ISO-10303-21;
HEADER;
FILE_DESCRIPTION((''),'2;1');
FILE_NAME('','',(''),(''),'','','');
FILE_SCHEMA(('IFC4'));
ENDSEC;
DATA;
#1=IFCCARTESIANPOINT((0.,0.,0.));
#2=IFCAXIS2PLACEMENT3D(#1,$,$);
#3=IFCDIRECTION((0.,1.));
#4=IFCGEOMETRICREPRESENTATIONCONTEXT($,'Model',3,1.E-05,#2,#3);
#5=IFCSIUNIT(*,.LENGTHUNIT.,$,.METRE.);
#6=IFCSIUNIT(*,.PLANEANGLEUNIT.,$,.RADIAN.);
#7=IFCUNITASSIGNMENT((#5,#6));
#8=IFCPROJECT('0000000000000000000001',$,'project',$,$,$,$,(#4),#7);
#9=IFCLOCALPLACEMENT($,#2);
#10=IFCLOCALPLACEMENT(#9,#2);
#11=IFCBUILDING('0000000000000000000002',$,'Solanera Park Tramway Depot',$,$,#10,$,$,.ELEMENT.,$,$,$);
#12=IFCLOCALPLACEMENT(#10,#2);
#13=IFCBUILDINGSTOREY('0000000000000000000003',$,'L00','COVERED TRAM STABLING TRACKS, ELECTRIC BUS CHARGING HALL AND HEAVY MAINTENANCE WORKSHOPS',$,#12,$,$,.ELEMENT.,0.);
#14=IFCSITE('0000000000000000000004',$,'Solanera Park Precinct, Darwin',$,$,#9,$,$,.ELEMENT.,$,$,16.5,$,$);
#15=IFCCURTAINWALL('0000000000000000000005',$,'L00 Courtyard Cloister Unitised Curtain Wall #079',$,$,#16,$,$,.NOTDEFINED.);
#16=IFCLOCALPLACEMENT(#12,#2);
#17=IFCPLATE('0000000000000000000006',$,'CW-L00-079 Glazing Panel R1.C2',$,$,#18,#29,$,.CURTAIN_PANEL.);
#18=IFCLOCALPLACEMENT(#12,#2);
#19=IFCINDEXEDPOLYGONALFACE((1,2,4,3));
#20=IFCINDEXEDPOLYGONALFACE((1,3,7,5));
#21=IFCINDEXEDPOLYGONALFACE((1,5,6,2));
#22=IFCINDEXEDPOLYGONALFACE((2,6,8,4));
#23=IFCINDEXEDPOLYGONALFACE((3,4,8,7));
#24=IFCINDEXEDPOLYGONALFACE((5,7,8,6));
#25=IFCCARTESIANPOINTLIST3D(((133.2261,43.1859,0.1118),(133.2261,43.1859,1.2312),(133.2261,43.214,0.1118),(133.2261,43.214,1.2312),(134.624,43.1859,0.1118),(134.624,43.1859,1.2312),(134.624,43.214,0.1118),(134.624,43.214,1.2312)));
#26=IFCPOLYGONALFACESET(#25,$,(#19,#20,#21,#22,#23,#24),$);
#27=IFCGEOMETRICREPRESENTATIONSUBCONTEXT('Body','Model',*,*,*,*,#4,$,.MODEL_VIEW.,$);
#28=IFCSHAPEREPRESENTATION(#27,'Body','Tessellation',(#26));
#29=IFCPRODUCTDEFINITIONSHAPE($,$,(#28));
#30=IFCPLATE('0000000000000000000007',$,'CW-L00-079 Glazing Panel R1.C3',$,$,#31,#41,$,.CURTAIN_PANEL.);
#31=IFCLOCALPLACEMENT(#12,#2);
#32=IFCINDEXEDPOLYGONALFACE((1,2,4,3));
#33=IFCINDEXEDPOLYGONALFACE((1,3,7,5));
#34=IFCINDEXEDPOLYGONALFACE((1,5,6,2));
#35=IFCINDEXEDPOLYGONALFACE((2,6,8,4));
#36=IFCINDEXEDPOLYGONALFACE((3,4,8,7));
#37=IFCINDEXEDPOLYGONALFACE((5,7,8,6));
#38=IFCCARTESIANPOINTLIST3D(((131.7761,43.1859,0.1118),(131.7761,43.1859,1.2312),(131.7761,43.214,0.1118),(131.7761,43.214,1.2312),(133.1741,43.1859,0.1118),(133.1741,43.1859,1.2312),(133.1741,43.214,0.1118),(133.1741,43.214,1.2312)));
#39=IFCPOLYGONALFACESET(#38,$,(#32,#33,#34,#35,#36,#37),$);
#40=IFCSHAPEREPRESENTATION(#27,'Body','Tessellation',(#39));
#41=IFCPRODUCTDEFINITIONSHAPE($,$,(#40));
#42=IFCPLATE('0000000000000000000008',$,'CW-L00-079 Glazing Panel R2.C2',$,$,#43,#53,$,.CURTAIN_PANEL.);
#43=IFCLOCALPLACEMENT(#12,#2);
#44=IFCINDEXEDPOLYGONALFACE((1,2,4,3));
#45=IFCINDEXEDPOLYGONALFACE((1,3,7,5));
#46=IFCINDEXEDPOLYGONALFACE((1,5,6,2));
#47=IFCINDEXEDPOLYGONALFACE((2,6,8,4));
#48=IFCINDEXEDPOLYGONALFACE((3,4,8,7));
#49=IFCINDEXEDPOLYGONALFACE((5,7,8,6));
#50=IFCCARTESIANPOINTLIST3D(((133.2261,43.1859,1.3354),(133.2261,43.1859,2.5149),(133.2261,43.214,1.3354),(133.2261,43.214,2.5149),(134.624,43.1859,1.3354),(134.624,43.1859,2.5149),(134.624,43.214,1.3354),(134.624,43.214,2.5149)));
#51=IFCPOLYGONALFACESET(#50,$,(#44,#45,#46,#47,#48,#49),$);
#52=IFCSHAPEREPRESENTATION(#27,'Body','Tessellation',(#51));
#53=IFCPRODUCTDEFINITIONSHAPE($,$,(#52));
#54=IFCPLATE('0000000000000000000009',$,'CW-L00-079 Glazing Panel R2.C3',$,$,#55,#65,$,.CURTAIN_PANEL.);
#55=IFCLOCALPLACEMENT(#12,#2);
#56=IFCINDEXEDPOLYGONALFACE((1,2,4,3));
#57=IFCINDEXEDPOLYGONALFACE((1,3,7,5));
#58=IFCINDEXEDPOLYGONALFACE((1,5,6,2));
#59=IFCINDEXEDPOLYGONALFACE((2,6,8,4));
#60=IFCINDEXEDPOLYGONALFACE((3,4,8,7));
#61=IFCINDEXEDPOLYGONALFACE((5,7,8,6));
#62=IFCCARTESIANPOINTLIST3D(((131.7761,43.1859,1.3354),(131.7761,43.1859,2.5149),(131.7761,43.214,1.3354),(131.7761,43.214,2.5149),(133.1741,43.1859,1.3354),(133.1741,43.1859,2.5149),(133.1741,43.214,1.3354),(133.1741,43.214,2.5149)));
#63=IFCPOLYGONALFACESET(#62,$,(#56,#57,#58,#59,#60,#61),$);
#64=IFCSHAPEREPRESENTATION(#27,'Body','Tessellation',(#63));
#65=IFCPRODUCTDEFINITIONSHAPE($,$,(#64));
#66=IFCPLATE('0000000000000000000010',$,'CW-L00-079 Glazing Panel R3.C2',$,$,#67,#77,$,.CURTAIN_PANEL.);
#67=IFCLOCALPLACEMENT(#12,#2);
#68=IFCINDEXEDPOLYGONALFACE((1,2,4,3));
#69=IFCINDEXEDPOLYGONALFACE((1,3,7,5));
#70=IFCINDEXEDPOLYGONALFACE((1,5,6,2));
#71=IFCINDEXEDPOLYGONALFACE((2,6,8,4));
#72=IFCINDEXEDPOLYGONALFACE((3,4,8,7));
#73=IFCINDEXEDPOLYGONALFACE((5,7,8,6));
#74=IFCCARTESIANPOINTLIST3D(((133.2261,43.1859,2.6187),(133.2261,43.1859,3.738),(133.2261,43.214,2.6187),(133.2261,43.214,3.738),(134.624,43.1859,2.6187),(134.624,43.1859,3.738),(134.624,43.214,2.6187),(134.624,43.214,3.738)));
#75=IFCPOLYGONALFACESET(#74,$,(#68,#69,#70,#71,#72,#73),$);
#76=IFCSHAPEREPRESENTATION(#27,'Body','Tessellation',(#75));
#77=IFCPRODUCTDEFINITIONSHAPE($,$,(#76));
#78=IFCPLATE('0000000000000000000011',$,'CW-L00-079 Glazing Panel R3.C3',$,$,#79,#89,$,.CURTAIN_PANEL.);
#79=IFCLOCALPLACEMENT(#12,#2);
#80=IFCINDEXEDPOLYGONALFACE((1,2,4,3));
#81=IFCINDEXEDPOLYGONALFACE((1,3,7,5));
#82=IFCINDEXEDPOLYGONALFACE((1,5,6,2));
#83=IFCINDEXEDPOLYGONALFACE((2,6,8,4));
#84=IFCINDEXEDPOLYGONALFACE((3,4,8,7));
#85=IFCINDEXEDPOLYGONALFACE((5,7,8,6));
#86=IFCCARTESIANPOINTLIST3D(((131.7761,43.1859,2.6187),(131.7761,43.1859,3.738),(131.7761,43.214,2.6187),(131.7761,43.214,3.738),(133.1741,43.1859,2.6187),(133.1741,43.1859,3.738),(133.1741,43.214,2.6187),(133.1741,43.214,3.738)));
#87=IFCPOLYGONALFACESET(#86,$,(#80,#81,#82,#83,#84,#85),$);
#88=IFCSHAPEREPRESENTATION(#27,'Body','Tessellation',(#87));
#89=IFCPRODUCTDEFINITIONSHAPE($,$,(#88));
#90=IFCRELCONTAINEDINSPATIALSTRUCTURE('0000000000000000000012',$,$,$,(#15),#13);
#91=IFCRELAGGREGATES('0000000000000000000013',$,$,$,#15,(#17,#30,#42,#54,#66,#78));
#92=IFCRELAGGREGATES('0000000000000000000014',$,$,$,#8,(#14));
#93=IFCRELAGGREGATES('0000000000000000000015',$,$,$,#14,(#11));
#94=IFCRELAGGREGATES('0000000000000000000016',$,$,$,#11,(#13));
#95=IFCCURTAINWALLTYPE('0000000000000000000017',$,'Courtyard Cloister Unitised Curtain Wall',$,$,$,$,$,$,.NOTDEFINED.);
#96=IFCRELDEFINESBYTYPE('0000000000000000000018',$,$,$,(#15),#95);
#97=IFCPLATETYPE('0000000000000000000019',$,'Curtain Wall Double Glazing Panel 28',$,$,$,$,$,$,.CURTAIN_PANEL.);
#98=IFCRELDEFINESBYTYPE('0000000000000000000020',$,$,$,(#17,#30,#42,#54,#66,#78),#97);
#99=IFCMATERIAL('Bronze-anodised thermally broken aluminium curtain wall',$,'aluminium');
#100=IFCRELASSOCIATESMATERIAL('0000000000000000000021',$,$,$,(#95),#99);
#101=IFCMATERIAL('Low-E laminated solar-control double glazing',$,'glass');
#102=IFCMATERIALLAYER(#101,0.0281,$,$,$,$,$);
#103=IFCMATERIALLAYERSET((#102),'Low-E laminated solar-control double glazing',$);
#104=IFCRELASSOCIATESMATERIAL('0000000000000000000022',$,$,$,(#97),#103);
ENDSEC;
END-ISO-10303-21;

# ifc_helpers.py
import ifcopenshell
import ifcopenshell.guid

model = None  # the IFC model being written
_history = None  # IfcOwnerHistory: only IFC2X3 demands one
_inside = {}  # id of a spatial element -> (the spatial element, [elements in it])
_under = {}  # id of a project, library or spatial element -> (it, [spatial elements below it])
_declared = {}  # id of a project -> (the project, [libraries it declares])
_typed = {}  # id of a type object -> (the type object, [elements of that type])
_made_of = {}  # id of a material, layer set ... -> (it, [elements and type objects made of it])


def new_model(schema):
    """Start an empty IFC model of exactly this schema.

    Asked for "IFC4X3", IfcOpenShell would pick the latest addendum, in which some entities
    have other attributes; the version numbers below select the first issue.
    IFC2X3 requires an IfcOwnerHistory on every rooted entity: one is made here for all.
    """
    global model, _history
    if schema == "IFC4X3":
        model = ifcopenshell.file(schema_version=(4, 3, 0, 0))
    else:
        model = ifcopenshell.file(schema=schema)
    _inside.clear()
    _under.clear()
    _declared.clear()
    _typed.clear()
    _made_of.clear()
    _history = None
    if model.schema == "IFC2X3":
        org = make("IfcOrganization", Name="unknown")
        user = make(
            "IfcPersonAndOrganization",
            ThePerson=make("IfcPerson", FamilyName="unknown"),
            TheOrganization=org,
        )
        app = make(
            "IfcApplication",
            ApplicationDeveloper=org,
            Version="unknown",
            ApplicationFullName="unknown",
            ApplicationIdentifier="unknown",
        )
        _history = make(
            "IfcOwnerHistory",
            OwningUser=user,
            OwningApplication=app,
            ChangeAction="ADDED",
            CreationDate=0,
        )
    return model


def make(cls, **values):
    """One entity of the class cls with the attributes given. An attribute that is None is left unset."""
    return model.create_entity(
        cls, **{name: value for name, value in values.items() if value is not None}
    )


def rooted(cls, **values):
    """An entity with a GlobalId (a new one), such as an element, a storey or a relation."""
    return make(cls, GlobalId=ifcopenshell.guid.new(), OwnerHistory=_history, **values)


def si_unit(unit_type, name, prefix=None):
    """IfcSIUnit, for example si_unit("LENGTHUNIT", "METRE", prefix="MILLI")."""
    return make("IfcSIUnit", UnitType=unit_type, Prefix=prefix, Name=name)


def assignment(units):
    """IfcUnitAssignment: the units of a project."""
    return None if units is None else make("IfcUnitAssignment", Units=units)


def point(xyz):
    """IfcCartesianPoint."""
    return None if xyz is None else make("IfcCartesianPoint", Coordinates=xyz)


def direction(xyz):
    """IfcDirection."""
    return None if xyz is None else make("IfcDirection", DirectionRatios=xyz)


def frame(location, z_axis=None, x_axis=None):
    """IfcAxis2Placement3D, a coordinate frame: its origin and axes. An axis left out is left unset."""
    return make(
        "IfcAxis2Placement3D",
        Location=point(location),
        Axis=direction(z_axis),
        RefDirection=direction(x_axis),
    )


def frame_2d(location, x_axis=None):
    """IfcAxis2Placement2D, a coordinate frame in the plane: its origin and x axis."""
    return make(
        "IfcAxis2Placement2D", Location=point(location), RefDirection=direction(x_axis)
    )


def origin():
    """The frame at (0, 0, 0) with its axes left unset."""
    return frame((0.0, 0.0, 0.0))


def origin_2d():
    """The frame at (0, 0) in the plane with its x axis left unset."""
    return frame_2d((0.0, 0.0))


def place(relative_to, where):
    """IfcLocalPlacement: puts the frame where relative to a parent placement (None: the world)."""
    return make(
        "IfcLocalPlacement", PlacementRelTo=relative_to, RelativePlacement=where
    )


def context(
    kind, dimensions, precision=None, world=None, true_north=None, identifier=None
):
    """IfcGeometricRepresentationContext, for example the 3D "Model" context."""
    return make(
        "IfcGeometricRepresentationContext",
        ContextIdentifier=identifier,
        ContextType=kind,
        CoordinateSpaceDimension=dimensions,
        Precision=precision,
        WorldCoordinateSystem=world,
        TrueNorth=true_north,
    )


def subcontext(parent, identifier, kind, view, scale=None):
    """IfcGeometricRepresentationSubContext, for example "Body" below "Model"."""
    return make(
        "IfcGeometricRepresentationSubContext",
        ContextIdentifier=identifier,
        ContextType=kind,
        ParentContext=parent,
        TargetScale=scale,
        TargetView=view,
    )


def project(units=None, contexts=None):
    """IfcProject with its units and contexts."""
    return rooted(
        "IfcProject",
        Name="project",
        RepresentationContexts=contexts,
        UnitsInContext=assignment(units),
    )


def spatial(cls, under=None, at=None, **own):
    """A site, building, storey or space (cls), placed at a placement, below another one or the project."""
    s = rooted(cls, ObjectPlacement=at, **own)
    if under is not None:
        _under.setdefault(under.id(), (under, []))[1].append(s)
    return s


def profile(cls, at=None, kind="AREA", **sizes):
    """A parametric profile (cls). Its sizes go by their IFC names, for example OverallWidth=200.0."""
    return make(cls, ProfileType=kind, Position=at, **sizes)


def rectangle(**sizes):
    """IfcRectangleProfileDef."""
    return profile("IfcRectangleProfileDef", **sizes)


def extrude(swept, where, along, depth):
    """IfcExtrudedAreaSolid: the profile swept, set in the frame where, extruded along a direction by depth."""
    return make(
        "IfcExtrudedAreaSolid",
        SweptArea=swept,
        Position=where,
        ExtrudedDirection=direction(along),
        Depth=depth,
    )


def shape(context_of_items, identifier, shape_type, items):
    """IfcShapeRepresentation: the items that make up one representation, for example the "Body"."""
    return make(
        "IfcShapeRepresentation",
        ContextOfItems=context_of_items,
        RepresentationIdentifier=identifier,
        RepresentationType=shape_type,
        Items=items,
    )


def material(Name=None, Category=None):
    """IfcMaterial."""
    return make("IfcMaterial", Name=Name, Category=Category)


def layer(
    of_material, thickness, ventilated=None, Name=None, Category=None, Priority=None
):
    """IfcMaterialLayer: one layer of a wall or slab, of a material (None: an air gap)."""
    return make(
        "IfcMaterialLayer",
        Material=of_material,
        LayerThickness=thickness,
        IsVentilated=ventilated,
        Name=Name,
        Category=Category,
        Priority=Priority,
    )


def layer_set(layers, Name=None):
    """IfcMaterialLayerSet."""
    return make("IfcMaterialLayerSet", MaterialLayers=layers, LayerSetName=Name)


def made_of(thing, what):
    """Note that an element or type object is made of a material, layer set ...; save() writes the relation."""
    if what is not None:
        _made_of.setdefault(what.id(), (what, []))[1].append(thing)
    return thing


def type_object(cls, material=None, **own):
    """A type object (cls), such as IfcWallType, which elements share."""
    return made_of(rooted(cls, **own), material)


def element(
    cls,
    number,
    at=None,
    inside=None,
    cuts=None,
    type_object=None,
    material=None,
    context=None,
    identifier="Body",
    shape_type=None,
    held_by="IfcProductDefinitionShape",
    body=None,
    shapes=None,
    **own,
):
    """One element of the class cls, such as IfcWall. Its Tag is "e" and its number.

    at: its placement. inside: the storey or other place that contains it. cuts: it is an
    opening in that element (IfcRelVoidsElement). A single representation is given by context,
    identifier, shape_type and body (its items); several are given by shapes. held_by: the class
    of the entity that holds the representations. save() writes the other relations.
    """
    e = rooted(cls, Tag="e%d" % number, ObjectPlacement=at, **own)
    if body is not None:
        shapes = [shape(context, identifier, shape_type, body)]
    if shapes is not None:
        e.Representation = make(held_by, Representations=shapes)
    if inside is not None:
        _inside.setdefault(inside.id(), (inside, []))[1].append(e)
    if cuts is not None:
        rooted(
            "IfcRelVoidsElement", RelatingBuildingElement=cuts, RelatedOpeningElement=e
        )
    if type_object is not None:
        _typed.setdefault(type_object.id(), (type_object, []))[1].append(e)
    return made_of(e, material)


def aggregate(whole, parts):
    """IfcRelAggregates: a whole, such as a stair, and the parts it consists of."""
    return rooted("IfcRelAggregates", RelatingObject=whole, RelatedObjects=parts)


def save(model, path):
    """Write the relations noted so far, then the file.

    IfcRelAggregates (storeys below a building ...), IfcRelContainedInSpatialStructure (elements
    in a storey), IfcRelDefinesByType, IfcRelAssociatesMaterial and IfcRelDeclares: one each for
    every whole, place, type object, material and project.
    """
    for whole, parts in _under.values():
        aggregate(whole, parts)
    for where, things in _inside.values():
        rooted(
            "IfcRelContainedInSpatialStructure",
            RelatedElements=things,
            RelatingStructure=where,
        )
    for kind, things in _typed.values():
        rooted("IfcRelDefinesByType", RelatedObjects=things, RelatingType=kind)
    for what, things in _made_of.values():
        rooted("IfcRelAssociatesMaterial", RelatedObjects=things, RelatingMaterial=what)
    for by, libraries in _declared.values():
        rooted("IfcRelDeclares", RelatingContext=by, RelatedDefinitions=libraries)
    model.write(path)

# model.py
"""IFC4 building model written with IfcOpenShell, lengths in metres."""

from ifc_helpers import new_model, si_unit, direction, frame, origin, origin_2d, place, context, subcontext, project, spatial, rectangle, extrude, material, layer, layer_set, type_object, element, aggregate, save


model = new_model("IFC4")

# Units and contexts
model_context = context("Model", 3, precision=1e-05, world=origin(), true_north=direction((0.0, 1.0)))
body_context = subcontext(model_context, "Body", "Model", "MODEL_VIEW")
ifc_project = project(units=[si_unit("LENGTHUNIT", "METRE"), si_unit("PLANEANGLEUNIT", "RADIAN")], contexts=[model_context])

# Site, building, storey
site_placement = place(None, origin())
site = spatial("IfcSite", under=ifc_project, at=site_placement, Name="Solanera Park Precinct, Darwin", CompositionType="ELEMENT", RefElevation=16.5)
building_placement = place(site_placement, origin())
building = spatial("IfcBuilding", under=site, at=building_placement, Name="Solanera Park Tramway Depot", CompositionType="ELEMENT")
storey_placement = place(building_placement, origin())
storey = spatial("IfcBuildingStorey", under=building, at=storey_placement, Name="L00", Description="COVERED TRAM STABLING TRACKS, ELECTRIC BUS CHARGING HALL AND HEAVY MAINTENANCE WORKSHOPS", CompositionType="ELEMENT", Elevation=0.0)

# Shared definitions
ifc_material_1 = material(Name="Bronze-anodised thermally broken aluminium curtain wall", Category="aluminium")
curtain_wall_type = type_object("IfcCurtainWallType", Name="Courtyard Cloister Unitised Curtain Wall", PredefinedType="NOTDEFINED", material=ifc_material_1)

# Curtain wall
curtain_wall_1_placement = place(storey_placement, origin())
curtain_wall_1 = element("IfcCurtainWall", 1, at=curtain_wall_1_placement, inside=storey, type_object=curtain_wall_type, Name="L00 Courtyard Cloister Unitised Curtain Wall #079", PredefinedType="NOTDEFINED")

# Plates
ifc_material_2 = material(Name="Low-E laminated solar-control double glazing", Category="glass")
ifc_layer = layer(ifc_material_2, 0.0281)
ifc_layer_set = layer_set([ifc_layer], Name="Low-E laminated solar-control double glazing")
plate_type = type_object("IfcPlateType", Name="Curtain Wall Double Glazing Panel 28", PredefinedType="CURTAIN_PANEL", material=ifc_layer_set)
plate_1_placement = place(storey_placement, frame((133.925, 43.2, 0.1118), z_axis=(0.0, 0.0, 1.0), x_axis=(-1.0, 0.0, 0.0)))
plate_1 = element("IfcPlate", 2, at=plate_1_placement, type_object=plate_type, Name="CW-L00-079 Glazing Panel R1.C2", PredefinedType="CURTAIN_PANEL", context=body_context, shape_type="SweptSolid", body=[
    extrude(rectangle(XDim=1.3979, YDim=0.0281, at=origin_2d()), origin(), (0.0, 0.0, 1.0), 1.1194),
])
plate_2_placement = place(storey_placement, frame((132.4751, 43.2, 0.1118), z_axis=(0.0, 0.0, 1.0), x_axis=(-1.0, 0.0, 0.0)))
plate_2 = element("IfcPlate", 3, at=plate_2_placement, type_object=plate_type, Name="CW-L00-079 Glazing Panel R1.C3", PredefinedType="CURTAIN_PANEL", context=body_context, shape_type="SweptSolid", body=[
    extrude(rectangle(XDim=1.3979, YDim=0.0281, at=origin_2d()), origin(), (0.0, 0.0, 1.0), 1.1194),
])
plate_3_placement = place(storey_placement, frame((133.925, 43.2, 1.3354), z_axis=(0.0, 0.0, 1.0), x_axis=(-1.0, 0.0, 0.0)))
plate_3 = element("IfcPlate", 4, at=plate_3_placement, type_object=plate_type, Name="CW-L00-079 Glazing Panel R2.C2", PredefinedType="CURTAIN_PANEL", context=body_context, shape_type="SweptSolid", body=[
    extrude(rectangle(XDim=1.3979, YDim=0.0281, at=origin_2d()), origin(), (0.0, 0.0, 1.0), 1.1794),
])
plate_4_placement = place(storey_placement, frame((132.4751, 43.2, 1.3354), z_axis=(0.0, 0.0, 1.0), x_axis=(-1.0, 0.0, 0.0)))
plate_4 = element("IfcPlate", 5, at=plate_4_placement, type_object=plate_type, Name="CW-L00-079 Glazing Panel R2.C3", PredefinedType="CURTAIN_PANEL", context=body_context, shape_type="SweptSolid", body=[
    extrude(rectangle(XDim=1.3979, YDim=0.0281, at=origin_2d()), origin(), (0.0, 0.0, 1.0), 1.1794),
])
plate_5_placement = place(storey_placement, frame((133.925, 43.2, 2.6187), z_axis=(0.0, 0.0, 1.0), x_axis=(-1.0, 0.0, 0.0)))
plate_5 = element("IfcPlate", 6, at=plate_5_placement, type_object=plate_type, Name="CW-L00-079 Glazing Panel R3.C2", PredefinedType="CURTAIN_PANEL", context=body_context, shape_type="SweptSolid", body=[
    extrude(rectangle(XDim=1.3979, YDim=0.0281, at=origin_2d()), origin(), (0.0, 0.0, 1.0), 1.1194),
])
plate_6_placement = place(storey_placement, frame((132.4751, 43.2, 2.6187), z_axis=(0.0, 0.0, 1.0), x_axis=(-1.0, 0.0, 0.0)))
plate_6 = element("IfcPlate", 7, at=plate_6_placement, type_object=plate_type, Name="CW-L00-079 Glazing Panel R3.C3", PredefinedType="CURTAIN_PANEL", context=body_context, shape_type="SweptSolid", body=[
    extrude(rectangle(XDim=1.3979, YDim=0.0281, at=origin_2d()), origin(), (0.0, 0.0, 1.0), 1.1194),
])
aggregate(curtain_wall_1, [plate_1, plate_2, plate_3, plate_4, plate_5, plate_6])

save(model, "model.ifc")
